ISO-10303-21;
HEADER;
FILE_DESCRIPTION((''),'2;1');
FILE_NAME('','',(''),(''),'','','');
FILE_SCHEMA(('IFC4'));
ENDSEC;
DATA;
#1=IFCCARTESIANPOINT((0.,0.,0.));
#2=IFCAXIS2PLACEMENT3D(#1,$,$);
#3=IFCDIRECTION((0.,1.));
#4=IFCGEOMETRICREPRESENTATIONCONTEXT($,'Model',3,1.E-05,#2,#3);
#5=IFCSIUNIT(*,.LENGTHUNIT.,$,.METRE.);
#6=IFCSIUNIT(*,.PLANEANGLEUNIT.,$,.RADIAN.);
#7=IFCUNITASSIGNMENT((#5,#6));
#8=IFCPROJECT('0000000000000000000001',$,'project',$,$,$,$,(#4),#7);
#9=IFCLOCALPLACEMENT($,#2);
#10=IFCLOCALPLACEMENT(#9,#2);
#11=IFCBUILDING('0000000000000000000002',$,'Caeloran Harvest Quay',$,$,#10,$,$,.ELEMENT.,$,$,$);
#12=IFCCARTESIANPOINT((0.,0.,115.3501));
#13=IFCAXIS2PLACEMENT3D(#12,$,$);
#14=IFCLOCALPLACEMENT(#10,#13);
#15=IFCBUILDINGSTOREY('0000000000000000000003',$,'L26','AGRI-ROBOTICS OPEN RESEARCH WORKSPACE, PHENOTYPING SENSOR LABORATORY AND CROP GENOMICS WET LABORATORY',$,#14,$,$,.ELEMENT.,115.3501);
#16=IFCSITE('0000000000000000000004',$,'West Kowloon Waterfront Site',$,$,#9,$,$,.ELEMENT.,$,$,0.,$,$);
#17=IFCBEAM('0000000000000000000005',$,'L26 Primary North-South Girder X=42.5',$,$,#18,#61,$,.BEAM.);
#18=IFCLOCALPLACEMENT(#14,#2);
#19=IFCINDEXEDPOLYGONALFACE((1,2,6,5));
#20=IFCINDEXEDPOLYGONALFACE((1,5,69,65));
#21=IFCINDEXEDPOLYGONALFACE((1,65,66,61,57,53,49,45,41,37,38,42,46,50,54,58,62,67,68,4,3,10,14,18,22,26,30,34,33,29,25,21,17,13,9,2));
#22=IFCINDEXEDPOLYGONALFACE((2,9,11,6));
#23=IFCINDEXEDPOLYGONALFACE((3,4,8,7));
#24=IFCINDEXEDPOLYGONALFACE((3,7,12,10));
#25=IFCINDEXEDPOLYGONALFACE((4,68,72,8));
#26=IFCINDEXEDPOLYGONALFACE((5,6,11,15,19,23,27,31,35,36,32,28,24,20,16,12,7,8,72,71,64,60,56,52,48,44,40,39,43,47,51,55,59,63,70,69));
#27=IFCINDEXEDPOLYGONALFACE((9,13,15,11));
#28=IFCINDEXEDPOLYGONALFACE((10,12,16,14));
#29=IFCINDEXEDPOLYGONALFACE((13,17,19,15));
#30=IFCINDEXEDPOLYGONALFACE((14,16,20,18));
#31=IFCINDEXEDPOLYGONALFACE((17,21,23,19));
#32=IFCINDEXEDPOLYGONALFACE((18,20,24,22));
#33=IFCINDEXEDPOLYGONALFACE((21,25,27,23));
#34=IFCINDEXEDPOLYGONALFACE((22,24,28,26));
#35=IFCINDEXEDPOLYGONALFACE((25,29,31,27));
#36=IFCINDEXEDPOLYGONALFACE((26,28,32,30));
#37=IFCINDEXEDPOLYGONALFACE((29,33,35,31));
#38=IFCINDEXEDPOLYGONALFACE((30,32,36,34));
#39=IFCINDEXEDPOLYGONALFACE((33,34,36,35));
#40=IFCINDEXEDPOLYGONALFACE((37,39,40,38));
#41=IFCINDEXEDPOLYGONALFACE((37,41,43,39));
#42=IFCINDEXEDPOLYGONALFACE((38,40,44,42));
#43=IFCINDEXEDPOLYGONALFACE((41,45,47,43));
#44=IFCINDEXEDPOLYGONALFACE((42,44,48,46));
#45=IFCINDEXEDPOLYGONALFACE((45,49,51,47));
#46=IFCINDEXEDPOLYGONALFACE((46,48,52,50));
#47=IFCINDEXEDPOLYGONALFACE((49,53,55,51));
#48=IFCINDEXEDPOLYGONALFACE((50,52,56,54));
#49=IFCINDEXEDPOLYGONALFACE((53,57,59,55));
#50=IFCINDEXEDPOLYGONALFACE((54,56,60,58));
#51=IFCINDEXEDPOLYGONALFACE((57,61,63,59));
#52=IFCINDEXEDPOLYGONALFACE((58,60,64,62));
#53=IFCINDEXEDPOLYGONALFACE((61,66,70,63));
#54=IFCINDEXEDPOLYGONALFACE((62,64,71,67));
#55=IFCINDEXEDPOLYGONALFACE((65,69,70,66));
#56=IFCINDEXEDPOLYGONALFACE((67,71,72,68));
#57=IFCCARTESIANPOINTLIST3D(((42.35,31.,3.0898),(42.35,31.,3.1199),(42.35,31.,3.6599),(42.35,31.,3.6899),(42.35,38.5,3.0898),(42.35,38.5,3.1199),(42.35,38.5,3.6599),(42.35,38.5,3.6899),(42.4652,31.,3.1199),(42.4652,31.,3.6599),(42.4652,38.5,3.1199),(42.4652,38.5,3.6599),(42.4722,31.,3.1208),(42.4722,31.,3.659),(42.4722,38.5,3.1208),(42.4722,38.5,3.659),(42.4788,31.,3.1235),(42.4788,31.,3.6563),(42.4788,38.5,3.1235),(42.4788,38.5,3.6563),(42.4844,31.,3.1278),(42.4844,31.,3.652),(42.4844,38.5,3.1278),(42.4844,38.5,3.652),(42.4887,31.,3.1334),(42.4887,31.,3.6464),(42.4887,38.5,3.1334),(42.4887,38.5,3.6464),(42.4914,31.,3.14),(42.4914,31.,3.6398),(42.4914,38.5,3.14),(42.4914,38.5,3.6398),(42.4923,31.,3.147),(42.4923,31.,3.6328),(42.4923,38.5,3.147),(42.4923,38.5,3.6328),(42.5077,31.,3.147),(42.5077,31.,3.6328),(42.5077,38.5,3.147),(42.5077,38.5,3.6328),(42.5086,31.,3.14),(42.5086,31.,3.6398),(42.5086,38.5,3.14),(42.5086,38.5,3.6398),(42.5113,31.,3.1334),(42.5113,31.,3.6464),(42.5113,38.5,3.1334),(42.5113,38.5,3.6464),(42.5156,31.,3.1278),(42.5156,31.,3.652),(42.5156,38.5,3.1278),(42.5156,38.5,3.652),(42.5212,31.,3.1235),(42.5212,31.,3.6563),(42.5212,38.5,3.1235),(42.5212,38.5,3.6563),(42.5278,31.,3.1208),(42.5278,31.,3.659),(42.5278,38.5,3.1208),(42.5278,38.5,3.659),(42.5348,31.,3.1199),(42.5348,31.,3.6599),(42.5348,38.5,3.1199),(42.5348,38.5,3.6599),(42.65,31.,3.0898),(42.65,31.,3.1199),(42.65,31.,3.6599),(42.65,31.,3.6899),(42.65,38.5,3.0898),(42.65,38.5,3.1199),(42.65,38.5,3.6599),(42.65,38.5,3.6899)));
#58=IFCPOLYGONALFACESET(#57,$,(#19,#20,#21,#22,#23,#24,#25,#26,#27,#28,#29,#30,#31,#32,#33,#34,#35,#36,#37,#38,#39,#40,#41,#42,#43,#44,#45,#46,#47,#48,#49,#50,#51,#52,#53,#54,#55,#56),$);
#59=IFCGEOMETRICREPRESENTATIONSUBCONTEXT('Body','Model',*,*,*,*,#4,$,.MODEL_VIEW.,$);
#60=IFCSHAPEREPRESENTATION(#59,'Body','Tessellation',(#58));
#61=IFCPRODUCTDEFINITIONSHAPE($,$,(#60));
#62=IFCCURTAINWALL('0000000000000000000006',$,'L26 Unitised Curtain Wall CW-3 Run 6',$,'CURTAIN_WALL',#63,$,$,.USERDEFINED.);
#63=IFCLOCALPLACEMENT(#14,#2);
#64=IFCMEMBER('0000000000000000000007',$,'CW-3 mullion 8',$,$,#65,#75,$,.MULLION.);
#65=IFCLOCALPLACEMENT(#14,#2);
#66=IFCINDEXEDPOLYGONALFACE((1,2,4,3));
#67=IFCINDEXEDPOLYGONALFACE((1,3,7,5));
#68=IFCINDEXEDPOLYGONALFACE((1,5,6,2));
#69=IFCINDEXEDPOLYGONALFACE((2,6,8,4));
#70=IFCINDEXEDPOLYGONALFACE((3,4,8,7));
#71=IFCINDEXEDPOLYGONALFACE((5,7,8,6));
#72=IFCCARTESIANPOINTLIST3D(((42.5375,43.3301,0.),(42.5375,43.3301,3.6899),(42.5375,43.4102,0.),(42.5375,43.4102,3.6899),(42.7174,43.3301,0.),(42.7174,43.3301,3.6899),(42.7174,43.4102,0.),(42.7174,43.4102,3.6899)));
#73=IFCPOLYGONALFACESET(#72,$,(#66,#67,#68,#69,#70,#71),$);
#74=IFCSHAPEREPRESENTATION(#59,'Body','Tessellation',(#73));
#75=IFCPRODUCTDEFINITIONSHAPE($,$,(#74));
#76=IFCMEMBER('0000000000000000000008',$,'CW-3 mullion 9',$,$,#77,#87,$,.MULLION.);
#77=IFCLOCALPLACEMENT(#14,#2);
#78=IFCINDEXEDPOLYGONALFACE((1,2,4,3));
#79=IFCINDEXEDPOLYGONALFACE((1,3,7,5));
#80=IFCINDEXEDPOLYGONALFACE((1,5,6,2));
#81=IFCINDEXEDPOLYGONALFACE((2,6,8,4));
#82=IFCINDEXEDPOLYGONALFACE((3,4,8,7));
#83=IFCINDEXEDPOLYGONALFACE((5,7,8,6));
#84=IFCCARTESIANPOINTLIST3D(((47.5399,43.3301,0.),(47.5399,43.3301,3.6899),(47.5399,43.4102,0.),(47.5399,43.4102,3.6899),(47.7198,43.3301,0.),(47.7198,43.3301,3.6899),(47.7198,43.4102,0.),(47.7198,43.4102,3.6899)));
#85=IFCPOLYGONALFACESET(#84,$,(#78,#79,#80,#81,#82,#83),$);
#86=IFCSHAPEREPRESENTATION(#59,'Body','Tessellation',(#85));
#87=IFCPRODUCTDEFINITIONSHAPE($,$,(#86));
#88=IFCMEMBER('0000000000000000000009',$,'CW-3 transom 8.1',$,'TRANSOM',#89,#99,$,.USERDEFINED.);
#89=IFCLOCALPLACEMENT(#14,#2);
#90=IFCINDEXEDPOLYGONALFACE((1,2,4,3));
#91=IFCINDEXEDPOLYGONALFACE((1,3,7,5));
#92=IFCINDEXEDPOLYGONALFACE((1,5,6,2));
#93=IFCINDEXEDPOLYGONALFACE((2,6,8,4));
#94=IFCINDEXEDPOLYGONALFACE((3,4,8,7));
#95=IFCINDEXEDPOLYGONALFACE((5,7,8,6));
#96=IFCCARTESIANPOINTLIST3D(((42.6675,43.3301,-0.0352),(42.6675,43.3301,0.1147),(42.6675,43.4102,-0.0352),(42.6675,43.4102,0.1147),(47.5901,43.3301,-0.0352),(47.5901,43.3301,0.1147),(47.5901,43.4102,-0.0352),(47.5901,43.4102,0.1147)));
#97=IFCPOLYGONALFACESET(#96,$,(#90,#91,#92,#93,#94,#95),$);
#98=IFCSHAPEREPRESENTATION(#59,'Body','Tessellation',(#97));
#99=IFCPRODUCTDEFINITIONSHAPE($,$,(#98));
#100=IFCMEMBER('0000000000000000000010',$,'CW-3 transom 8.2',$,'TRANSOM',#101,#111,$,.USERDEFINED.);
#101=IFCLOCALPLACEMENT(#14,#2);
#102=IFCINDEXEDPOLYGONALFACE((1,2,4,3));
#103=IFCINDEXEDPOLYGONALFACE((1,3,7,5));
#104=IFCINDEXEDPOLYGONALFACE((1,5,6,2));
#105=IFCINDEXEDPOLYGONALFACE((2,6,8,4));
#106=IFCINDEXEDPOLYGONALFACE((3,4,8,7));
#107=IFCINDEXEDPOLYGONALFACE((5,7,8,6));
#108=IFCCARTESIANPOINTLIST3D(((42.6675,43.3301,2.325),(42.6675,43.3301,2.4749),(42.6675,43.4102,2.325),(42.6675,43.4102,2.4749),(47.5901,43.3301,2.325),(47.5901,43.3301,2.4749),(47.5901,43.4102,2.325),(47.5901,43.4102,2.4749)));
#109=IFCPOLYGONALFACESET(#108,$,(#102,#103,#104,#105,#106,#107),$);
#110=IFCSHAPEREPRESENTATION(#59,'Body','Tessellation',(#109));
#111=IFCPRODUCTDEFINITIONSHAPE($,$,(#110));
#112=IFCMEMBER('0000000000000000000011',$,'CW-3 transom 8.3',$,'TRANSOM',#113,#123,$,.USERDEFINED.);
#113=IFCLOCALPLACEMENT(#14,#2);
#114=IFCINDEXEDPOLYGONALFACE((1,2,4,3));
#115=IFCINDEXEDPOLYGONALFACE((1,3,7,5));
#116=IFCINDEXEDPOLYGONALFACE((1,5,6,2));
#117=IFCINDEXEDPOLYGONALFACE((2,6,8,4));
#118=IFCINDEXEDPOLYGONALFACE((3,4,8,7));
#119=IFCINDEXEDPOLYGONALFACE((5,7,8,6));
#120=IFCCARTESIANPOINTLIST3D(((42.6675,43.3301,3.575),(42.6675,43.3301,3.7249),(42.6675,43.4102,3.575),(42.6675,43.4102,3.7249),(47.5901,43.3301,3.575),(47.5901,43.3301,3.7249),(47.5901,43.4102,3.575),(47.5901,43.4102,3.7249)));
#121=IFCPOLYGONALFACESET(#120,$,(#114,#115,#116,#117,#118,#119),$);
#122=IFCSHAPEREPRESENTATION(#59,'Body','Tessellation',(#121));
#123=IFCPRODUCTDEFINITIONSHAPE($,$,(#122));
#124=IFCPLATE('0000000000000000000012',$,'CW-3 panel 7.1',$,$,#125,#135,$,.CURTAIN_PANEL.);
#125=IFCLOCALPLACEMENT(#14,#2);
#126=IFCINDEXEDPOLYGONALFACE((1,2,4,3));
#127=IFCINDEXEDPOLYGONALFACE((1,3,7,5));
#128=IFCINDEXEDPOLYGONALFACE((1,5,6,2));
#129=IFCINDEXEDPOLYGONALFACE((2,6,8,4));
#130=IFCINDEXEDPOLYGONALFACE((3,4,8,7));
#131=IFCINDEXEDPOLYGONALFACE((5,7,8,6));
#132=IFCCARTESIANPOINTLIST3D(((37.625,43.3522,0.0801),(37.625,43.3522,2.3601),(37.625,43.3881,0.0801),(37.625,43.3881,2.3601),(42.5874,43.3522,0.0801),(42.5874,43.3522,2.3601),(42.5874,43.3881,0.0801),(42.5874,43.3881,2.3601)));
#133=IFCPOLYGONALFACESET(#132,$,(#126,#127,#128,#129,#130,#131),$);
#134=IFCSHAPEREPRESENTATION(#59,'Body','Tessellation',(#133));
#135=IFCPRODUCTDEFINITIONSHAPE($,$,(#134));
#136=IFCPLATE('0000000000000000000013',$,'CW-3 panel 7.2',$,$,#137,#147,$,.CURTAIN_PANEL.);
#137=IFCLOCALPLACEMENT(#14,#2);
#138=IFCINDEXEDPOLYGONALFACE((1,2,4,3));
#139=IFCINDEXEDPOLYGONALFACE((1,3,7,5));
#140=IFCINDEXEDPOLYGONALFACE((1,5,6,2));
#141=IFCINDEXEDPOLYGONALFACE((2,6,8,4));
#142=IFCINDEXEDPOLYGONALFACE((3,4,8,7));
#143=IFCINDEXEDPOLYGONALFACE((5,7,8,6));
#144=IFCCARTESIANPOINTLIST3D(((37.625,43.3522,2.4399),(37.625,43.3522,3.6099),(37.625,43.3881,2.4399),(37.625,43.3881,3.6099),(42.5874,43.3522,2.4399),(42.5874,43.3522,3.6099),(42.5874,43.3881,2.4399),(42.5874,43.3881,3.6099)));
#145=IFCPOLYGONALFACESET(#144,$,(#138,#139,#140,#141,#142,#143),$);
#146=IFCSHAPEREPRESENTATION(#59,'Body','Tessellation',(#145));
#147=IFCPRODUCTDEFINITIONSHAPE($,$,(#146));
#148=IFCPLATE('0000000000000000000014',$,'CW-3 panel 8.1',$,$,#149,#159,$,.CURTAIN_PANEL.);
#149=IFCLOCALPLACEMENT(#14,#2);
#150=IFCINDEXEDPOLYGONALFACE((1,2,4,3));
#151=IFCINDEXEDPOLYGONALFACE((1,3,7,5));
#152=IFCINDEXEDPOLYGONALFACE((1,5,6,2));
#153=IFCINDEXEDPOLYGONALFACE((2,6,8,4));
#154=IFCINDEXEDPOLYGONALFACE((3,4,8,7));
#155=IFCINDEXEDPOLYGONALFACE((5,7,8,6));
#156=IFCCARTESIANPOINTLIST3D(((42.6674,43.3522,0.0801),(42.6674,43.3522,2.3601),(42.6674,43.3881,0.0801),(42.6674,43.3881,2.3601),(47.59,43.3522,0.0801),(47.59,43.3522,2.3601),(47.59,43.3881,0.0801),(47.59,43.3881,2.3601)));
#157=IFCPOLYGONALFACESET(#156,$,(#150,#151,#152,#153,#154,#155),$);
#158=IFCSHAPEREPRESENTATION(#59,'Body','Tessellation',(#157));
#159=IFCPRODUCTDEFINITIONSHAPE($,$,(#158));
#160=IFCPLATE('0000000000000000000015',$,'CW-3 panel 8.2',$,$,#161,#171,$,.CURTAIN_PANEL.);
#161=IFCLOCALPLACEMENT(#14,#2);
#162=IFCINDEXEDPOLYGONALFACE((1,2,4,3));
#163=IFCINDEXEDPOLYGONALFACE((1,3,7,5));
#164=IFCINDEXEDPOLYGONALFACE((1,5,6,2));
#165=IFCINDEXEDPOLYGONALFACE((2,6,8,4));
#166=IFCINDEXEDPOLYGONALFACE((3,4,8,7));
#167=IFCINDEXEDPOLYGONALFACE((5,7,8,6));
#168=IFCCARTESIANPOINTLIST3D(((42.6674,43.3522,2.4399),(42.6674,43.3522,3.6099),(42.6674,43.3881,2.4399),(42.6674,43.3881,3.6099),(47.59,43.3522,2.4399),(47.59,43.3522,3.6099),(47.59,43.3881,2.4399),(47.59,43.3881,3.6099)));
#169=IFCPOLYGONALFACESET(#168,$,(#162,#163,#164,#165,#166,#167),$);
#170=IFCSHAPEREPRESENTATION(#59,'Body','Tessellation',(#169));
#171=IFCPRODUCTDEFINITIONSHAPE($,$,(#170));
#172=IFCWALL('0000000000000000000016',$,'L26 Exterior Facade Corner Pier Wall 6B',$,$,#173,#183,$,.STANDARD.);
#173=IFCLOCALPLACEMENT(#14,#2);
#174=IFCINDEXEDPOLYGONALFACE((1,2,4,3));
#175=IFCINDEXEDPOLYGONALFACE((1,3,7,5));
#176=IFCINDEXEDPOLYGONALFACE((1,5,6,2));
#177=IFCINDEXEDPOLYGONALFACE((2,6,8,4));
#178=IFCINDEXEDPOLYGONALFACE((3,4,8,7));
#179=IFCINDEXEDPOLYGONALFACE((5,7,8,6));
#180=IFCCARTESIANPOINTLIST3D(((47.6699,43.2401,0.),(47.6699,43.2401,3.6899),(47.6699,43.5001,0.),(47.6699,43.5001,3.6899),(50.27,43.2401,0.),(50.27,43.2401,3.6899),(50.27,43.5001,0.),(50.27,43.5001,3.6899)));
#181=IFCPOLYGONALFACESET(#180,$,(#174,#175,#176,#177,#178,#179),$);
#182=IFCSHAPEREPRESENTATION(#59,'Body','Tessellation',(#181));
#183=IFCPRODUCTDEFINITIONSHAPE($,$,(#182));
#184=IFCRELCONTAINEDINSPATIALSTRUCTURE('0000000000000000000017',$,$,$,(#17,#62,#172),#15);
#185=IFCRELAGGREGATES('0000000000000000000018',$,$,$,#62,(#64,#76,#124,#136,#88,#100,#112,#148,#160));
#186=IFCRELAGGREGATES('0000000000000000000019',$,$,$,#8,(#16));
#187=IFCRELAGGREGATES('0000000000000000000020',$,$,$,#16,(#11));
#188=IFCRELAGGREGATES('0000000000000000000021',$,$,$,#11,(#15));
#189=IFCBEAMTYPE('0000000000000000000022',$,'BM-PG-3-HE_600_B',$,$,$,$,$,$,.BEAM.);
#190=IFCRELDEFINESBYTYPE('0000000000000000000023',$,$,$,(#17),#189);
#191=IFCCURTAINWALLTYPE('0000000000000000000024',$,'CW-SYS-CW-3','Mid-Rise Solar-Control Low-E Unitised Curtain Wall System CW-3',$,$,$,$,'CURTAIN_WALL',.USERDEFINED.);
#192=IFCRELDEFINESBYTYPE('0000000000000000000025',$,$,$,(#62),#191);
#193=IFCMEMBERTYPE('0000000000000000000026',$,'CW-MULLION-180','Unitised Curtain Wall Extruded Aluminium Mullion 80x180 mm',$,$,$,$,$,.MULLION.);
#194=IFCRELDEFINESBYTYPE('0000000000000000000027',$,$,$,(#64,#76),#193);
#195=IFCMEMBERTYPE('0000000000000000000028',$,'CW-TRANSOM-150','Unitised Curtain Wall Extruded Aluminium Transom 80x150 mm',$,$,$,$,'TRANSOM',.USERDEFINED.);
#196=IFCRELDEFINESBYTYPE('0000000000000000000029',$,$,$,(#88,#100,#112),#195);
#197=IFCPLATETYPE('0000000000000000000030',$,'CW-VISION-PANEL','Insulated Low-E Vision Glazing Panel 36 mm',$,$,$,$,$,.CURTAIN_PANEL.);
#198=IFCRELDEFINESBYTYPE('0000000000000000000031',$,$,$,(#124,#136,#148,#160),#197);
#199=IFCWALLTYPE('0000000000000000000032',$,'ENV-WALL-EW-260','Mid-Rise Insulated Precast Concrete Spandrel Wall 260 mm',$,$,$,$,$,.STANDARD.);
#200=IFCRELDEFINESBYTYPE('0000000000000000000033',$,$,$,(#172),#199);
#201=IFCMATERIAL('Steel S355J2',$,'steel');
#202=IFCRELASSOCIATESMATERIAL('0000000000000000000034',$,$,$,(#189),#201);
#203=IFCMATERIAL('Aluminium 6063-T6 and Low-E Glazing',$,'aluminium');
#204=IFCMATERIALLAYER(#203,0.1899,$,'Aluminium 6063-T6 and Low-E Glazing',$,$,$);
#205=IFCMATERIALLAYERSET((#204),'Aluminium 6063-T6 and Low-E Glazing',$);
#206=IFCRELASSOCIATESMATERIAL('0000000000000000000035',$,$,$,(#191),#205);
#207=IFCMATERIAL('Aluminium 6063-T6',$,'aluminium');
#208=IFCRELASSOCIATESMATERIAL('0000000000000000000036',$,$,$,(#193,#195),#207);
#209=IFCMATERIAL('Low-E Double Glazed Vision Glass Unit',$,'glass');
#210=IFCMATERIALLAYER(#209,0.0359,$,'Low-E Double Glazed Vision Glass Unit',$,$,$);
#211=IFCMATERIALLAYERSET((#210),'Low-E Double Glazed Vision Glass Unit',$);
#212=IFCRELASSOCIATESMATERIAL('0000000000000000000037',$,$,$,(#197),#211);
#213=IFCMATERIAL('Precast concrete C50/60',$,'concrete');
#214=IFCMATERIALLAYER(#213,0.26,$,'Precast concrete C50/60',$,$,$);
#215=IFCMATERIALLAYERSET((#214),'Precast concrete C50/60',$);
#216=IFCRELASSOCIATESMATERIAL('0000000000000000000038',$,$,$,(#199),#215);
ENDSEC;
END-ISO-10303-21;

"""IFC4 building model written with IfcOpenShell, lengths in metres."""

from ifc_helpers import new_model, si_unit, direction, frame, frame_2d, origin, origin_2d, place, context, subcontext, project, spatial, rectangle, i_section, extrude, material, layer, layer_set, material_profile, profile_set, type_object, element, aggregate, save


model = new_model("IFC4")

# Units and contexts
model_context = context("Model", 3, precision=1e-05, world=origin(), true_north=direction((0.0, 1.0)))
body_context = subcontext(model_context, "Body", "Model", "MODEL_VIEW")
ifc_project = project(units=[si_unit("LENGTHUNIT", "METRE"), si_unit("PLANEANGLEUNIT", "RADIAN")], contexts=[model_context])

# Site, building, storey
site_placement = place(None, origin())
site = spatial("IfcSite", under=ifc_project, at=site_placement, Name="West Kowloon Waterfront Site", CompositionType="ELEMENT", RefElevation=0.0)
building_placement = place(site_placement, origin())
building = spatial("IfcBuilding", under=site, at=building_placement, Name="Caeloran Harvest Quay", CompositionType="ELEMENT")
storey_placement = place(building_placement, frame((0.0, 0.0, 115.3501)))
storey = spatial("IfcBuildingStorey", under=building, at=storey_placement, Name="L26", Description="AGRI-ROBOTICS OPEN RESEARCH WORKSPACE, PHENOTYPING SENSOR LABORATORY AND CROP GENOMICS WET LABORATORY", CompositionType="ELEMENT", Elevation=115.3501)

# Beam
ifc_material_1 = material(Name="Steel S355J2", Category="steel")
ifc_material_profile_1 = material_profile(ifc_material_1, i_section(OverallWidth=0.3, OverallDepth=0.6001, WebThickness=0.0154, FlangeThickness=0.03, FilletRadius=0.0271, at=origin_2d()), Name="HE 600 B")
ifc_profile_set_1 = profile_set([ifc_material_profile_1], Name="Steel S355J2")
beam_type = type_object("IfcBeamType", Name="BM-PG-3-HE_600_B", PredefinedType="BEAM", material=ifc_profile_set_1)
beam_1_placement = place(storey_placement, frame((42.5, 31.0, 3.3899), z_axis=(0.0, 1.0, 0.0), x_axis=(-1.0, 0.0, 0.0)))
element("IfcBeam", 1, at=beam_1_placement, inside=storey, type_object=beam_type, Name="L26 Primary North-South Girder X=42.5", PredefinedType="BEAM", context=body_context, shape_type="SweptSolid", body=[
    extrude(i_section(OverallWidth=0.3, OverallDepth=0.6001, WebThickness=0.0154, FlangeThickness=0.03, FilletRadius=0.0271, at=origin_2d()), origin(), (0.0, 0.0, 1.0), 7.5),
])

# Curtain wall, members, plates
ifc_material_2 = material(Name="Aluminium 6063-T6 and Low-E Glazing", Category="aluminium")
ifc_layer_1 = layer(ifc_material_2, 0.1899, Name="Aluminium 6063-T6 and Low-E Glazing")
ifc_layer_set_1 = layer_set([ifc_layer_1], Name="Aluminium 6063-T6 and Low-E Glazing")
curtain_wall_type = type_object("IfcCurtainWallType", Name="CW-SYS-CW-3", Description="Mid-Rise Solar-Control Low-E Unitised Curtain Wall System CW-3", ElementType="CURTAIN_WALL", PredefinedType="USERDEFINED", material=ifc_layer_set_1)
curtain_wall_placement = place(storey_placement, origin())
curtain_wall = element("IfcCurtainWall", 2, at=curtain_wall_placement, inside=storey, type_object=curtain_wall_type, Name="L26 Unitised Curtain Wall CW-3 Run 6", ObjectType="CURTAIN_WALL", PredefinedType="USERDEFINED")
ifc_material_3 = material(Name="Aluminium 6063-T6", Category="aluminium")
ifc_material_profile_2 = material_profile(ifc_material_3, rectangle(XDim=0.0801, YDim=0.1799, at=origin_2d()), Name="CW-MULLION-180")
ifc_profile_set_2 = profile_set([ifc_material_profile_2], Name="Aluminium 6063-T6")
member_type_1 = type_object("IfcMemberType", Name="CW-MULLION-180", Description="Unitised Curtain Wall Extruded Aluminium Mullion 80x180 mm", PredefinedType="MULLION", material=ifc_profile_set_2)
member_1_placement = place(storey_placement, frame((42.6274, 43.3701, 0.0), z_axis=(0.0, 0.0, 1.0), x_axis=(0.0, 1.0, 0.0)))
member_1 = element("IfcMember", 3, at=member_1_placement, type_object=member_type_1, Name="CW-3 mullion 8", PredefinedType="MULLION", context=body_context, shape_type="SweptSolid", body=[
    extrude(rectangle(XDim=0.0801, YDim=0.1799, at=origin_2d()), origin(), (0.0, 0.0, 1.0), 3.6899),
])
member_2_placement = place(storey_placement, frame((47.6299, 43.3701, 0.0), z_axis=(0.0, 0.0, 1.0), x_axis=(0.0, 1.0, 0.0)))
member_2 = element("IfcMember", 4, at=member_2_placement, type_object=member_type_1, Name="CW-3 mullion 9", PredefinedType="MULLION", context=body_context, shape_type="SweptSolid", body=[
    extrude(rectangle(XDim=0.0801, YDim=0.1799, at=origin_2d()), origin(), (0.0, 0.0, 1.0), 3.6899),
])
ifc_material_profile_3 = material_profile(ifc_material_3, rectangle(XDim=0.0801, YDim=0.1499, at=origin_2d()), Name="CW-TRANSOM-150")
ifc_profile_set_3 = profile_set([ifc_material_profile_3], Name="Aluminium 6063-T6")
member_type_2 = type_object("IfcMemberType", Name="CW-TRANSOM-150", Description="Unitised Curtain Wall Extruded Aluminium Transom 80x150 mm", ElementType="TRANSOM", PredefinedType="USERDEFINED", material=ifc_profile_set_3)
member_3_placement = place(storey_placement, frame((42.6675, 43.3701, 0.0398), z_axis=(1.0, 0.0, 0.0), x_axis=(0.0, 1.0, 0.0)))
member_3 = element("IfcMember", 5, at=member_3_placement, type_object=member_type_2, Name="CW-3 transom 8.1", ObjectType="TRANSOM", PredefinedType="USERDEFINED", context=body_context, shape_type="SweptSolid", body=[
    extrude(rectangle(XDim=0.0801, YDim=0.1499, at=origin_2d()), origin(), (0.0, 0.0, 1.0), 4.9226),
])
member_4_placement = place(storey_placement, frame((42.6675, 43.3701, 2.3999), z_axis=(1.0, 0.0, 0.0), x_axis=(0.0, 1.0, 0.0)))
member_4 = element("IfcMember", 6, at=member_4_placement, type_object=member_type_2, Name="CW-3 transom 8.2", ObjectType="TRANSOM", PredefinedType="USERDEFINED", context=body_context, shape_type="SweptSolid", body=[
    extrude(rectangle(XDim=0.0801, YDim=0.1499, at=origin_2d()), origin(), (0.0, 0.0, 1.0), 4.9226),
])
member_5_placement = place(storey_placement, frame((42.6675, 43.3701, 3.6499), z_axis=(1.0, 0.0, 0.0), x_axis=(0.0, 1.0, 0.0)))
member_5 = element("IfcMember", 7, at=member_5_placement, type_object=member_type_2, Name="CW-3 transom 8.3", ObjectType="TRANSOM", PredefinedType="USERDEFINED", context=body_context, shape_type="SweptSolid", body=[
    extrude(rectangle(XDim=0.0801, YDim=0.1499, at=origin_2d()), origin(), (0.0, 0.0, 1.0), 4.9226),
])
ifc_material_4 = material(Name="Low-E Double Glazed Vision Glass Unit", Category="glass")
ifc_layer_2 = layer(ifc_material_4, 0.0359, Name="Low-E Double Glazed Vision Glass Unit")
ifc_layer_set_2 = layer_set([ifc_layer_2], Name="Low-E Double Glazed Vision Glass Unit")
plate_type = type_object("IfcPlateType", Name="CW-VISION-PANEL", Description="Insulated Low-E Vision Glazing Panel 36 mm", PredefinedType="CURTAIN_PANEL", material=ifc_layer_set_2)
plate_1_placement = place(storey_placement, frame((40.1062, 43.3701, 0.0801), z_axis=(0.0, 0.0, 1.0), x_axis=(1.0, 0.0, 0.0)))
plate_1 = element("IfcPlate", 8, at=plate_1_placement, type_object=plate_type, Name="CW-3 panel 7.1", PredefinedType="CURTAIN_PANEL", context=body_context, shape_type="SweptSolid", body=[
    extrude(rectangle(XDim=4.9624, YDim=0.0359, at=origin_2d()), origin(), (0.0, 0.0, 1.0), 2.28),
])
plate_2_placement = place(storey_placement, frame((40.1062, 43.3701, 2.4399), z_axis=(0.0, 0.0, 1.0), x_axis=(1.0, 0.0, 0.0)))
plate_2 = element("IfcPlate", 9, at=plate_2_placement, type_object=plate_type, Name="CW-3 panel 7.2", PredefinedType="CURTAIN_PANEL", context=body_context, shape_type="SweptSolid", body=[
    extrude(rectangle(XDim=4.9624, YDim=0.0359, at=origin_2d()), origin(), (0.0, 0.0, 1.0), 1.1699),
])
plate_3_placement = place(storey_placement, frame((45.1287, 43.3701, 0.0801), z_axis=(0.0, 0.0, 1.0), x_axis=(1.0, 0.0, 0.0)))
plate_3 = element("IfcPlate", 10, at=plate_3_placement, type_object=plate_type, Name="CW-3 panel 8.1", PredefinedType="CURTAIN_PANEL", context=body_context, shape_type="SweptSolid", body=[
    extrude(rectangle(XDim=4.9226, YDim=0.0359, at=origin_2d()), origin(), (0.0, 0.0, 1.0), 2.28),
])
plate_4_placement = place(storey_placement, frame((45.1287, 43.3701, 2.4399), z_axis=(0.0, 0.0, 1.0), x_axis=(1.0, 0.0, 0.0)))
plate_4 = element("IfcPlate", 11, at=plate_4_placement, type_object=plate_type, Name="CW-3 panel 8.2", PredefinedType="CURTAIN_PANEL", context=body_context, shape_type="SweptSolid", body=[
    extrude(rectangle(XDim=4.9226, YDim=0.0359, at=origin_2d()), origin(), (0.0, 0.0, 1.0), 1.1699),
])
aggregate(curtain_wall, [member_1, member_2, plate_1, plate_2, member_3, member_4, member_5, plate_3, plate_4])

# Wall
ifc_material_5 = material(Name="Precast concrete C50/60", Category="concrete")
ifc_layer_3 = layer(ifc_material_5, 0.26, Name="Precast concrete C50/60")
ifc_layer_set_3 = layer_set([ifc_layer_3], Name="Precast concrete C50/60")
wall_type_1 = type_object("IfcWallType", Name="ENV-WALL-EW-260", Description="Mid-Rise Insulated Precast Concrete Spandrel Wall 260 mm", PredefinedType="STANDARD", material=ifc_layer_set_3)
wall_1_placement = place(storey_placement, frame((47.6699, 43.3701, 0.0), z_axis=(0.0, 0.0, 1.0), x_axis=(1.0, 0.0, 0.0)))
element("IfcWall", 12, at=wall_1_placement, inside=storey, type_object=wall_type_1, Name="L26 Exterior Facade Corner Pier Wall 6B", PredefinedType="STANDARD", context=body_context, shape_type="SweptSolid", body=[
    extrude(rectangle(XDim=2.6001, YDim=0.26, at=frame_2d((1.3, 0.0))), origin(), (0.0, 0.0, 1.0), 3.6899),
])

save(model, "model.ifc")
